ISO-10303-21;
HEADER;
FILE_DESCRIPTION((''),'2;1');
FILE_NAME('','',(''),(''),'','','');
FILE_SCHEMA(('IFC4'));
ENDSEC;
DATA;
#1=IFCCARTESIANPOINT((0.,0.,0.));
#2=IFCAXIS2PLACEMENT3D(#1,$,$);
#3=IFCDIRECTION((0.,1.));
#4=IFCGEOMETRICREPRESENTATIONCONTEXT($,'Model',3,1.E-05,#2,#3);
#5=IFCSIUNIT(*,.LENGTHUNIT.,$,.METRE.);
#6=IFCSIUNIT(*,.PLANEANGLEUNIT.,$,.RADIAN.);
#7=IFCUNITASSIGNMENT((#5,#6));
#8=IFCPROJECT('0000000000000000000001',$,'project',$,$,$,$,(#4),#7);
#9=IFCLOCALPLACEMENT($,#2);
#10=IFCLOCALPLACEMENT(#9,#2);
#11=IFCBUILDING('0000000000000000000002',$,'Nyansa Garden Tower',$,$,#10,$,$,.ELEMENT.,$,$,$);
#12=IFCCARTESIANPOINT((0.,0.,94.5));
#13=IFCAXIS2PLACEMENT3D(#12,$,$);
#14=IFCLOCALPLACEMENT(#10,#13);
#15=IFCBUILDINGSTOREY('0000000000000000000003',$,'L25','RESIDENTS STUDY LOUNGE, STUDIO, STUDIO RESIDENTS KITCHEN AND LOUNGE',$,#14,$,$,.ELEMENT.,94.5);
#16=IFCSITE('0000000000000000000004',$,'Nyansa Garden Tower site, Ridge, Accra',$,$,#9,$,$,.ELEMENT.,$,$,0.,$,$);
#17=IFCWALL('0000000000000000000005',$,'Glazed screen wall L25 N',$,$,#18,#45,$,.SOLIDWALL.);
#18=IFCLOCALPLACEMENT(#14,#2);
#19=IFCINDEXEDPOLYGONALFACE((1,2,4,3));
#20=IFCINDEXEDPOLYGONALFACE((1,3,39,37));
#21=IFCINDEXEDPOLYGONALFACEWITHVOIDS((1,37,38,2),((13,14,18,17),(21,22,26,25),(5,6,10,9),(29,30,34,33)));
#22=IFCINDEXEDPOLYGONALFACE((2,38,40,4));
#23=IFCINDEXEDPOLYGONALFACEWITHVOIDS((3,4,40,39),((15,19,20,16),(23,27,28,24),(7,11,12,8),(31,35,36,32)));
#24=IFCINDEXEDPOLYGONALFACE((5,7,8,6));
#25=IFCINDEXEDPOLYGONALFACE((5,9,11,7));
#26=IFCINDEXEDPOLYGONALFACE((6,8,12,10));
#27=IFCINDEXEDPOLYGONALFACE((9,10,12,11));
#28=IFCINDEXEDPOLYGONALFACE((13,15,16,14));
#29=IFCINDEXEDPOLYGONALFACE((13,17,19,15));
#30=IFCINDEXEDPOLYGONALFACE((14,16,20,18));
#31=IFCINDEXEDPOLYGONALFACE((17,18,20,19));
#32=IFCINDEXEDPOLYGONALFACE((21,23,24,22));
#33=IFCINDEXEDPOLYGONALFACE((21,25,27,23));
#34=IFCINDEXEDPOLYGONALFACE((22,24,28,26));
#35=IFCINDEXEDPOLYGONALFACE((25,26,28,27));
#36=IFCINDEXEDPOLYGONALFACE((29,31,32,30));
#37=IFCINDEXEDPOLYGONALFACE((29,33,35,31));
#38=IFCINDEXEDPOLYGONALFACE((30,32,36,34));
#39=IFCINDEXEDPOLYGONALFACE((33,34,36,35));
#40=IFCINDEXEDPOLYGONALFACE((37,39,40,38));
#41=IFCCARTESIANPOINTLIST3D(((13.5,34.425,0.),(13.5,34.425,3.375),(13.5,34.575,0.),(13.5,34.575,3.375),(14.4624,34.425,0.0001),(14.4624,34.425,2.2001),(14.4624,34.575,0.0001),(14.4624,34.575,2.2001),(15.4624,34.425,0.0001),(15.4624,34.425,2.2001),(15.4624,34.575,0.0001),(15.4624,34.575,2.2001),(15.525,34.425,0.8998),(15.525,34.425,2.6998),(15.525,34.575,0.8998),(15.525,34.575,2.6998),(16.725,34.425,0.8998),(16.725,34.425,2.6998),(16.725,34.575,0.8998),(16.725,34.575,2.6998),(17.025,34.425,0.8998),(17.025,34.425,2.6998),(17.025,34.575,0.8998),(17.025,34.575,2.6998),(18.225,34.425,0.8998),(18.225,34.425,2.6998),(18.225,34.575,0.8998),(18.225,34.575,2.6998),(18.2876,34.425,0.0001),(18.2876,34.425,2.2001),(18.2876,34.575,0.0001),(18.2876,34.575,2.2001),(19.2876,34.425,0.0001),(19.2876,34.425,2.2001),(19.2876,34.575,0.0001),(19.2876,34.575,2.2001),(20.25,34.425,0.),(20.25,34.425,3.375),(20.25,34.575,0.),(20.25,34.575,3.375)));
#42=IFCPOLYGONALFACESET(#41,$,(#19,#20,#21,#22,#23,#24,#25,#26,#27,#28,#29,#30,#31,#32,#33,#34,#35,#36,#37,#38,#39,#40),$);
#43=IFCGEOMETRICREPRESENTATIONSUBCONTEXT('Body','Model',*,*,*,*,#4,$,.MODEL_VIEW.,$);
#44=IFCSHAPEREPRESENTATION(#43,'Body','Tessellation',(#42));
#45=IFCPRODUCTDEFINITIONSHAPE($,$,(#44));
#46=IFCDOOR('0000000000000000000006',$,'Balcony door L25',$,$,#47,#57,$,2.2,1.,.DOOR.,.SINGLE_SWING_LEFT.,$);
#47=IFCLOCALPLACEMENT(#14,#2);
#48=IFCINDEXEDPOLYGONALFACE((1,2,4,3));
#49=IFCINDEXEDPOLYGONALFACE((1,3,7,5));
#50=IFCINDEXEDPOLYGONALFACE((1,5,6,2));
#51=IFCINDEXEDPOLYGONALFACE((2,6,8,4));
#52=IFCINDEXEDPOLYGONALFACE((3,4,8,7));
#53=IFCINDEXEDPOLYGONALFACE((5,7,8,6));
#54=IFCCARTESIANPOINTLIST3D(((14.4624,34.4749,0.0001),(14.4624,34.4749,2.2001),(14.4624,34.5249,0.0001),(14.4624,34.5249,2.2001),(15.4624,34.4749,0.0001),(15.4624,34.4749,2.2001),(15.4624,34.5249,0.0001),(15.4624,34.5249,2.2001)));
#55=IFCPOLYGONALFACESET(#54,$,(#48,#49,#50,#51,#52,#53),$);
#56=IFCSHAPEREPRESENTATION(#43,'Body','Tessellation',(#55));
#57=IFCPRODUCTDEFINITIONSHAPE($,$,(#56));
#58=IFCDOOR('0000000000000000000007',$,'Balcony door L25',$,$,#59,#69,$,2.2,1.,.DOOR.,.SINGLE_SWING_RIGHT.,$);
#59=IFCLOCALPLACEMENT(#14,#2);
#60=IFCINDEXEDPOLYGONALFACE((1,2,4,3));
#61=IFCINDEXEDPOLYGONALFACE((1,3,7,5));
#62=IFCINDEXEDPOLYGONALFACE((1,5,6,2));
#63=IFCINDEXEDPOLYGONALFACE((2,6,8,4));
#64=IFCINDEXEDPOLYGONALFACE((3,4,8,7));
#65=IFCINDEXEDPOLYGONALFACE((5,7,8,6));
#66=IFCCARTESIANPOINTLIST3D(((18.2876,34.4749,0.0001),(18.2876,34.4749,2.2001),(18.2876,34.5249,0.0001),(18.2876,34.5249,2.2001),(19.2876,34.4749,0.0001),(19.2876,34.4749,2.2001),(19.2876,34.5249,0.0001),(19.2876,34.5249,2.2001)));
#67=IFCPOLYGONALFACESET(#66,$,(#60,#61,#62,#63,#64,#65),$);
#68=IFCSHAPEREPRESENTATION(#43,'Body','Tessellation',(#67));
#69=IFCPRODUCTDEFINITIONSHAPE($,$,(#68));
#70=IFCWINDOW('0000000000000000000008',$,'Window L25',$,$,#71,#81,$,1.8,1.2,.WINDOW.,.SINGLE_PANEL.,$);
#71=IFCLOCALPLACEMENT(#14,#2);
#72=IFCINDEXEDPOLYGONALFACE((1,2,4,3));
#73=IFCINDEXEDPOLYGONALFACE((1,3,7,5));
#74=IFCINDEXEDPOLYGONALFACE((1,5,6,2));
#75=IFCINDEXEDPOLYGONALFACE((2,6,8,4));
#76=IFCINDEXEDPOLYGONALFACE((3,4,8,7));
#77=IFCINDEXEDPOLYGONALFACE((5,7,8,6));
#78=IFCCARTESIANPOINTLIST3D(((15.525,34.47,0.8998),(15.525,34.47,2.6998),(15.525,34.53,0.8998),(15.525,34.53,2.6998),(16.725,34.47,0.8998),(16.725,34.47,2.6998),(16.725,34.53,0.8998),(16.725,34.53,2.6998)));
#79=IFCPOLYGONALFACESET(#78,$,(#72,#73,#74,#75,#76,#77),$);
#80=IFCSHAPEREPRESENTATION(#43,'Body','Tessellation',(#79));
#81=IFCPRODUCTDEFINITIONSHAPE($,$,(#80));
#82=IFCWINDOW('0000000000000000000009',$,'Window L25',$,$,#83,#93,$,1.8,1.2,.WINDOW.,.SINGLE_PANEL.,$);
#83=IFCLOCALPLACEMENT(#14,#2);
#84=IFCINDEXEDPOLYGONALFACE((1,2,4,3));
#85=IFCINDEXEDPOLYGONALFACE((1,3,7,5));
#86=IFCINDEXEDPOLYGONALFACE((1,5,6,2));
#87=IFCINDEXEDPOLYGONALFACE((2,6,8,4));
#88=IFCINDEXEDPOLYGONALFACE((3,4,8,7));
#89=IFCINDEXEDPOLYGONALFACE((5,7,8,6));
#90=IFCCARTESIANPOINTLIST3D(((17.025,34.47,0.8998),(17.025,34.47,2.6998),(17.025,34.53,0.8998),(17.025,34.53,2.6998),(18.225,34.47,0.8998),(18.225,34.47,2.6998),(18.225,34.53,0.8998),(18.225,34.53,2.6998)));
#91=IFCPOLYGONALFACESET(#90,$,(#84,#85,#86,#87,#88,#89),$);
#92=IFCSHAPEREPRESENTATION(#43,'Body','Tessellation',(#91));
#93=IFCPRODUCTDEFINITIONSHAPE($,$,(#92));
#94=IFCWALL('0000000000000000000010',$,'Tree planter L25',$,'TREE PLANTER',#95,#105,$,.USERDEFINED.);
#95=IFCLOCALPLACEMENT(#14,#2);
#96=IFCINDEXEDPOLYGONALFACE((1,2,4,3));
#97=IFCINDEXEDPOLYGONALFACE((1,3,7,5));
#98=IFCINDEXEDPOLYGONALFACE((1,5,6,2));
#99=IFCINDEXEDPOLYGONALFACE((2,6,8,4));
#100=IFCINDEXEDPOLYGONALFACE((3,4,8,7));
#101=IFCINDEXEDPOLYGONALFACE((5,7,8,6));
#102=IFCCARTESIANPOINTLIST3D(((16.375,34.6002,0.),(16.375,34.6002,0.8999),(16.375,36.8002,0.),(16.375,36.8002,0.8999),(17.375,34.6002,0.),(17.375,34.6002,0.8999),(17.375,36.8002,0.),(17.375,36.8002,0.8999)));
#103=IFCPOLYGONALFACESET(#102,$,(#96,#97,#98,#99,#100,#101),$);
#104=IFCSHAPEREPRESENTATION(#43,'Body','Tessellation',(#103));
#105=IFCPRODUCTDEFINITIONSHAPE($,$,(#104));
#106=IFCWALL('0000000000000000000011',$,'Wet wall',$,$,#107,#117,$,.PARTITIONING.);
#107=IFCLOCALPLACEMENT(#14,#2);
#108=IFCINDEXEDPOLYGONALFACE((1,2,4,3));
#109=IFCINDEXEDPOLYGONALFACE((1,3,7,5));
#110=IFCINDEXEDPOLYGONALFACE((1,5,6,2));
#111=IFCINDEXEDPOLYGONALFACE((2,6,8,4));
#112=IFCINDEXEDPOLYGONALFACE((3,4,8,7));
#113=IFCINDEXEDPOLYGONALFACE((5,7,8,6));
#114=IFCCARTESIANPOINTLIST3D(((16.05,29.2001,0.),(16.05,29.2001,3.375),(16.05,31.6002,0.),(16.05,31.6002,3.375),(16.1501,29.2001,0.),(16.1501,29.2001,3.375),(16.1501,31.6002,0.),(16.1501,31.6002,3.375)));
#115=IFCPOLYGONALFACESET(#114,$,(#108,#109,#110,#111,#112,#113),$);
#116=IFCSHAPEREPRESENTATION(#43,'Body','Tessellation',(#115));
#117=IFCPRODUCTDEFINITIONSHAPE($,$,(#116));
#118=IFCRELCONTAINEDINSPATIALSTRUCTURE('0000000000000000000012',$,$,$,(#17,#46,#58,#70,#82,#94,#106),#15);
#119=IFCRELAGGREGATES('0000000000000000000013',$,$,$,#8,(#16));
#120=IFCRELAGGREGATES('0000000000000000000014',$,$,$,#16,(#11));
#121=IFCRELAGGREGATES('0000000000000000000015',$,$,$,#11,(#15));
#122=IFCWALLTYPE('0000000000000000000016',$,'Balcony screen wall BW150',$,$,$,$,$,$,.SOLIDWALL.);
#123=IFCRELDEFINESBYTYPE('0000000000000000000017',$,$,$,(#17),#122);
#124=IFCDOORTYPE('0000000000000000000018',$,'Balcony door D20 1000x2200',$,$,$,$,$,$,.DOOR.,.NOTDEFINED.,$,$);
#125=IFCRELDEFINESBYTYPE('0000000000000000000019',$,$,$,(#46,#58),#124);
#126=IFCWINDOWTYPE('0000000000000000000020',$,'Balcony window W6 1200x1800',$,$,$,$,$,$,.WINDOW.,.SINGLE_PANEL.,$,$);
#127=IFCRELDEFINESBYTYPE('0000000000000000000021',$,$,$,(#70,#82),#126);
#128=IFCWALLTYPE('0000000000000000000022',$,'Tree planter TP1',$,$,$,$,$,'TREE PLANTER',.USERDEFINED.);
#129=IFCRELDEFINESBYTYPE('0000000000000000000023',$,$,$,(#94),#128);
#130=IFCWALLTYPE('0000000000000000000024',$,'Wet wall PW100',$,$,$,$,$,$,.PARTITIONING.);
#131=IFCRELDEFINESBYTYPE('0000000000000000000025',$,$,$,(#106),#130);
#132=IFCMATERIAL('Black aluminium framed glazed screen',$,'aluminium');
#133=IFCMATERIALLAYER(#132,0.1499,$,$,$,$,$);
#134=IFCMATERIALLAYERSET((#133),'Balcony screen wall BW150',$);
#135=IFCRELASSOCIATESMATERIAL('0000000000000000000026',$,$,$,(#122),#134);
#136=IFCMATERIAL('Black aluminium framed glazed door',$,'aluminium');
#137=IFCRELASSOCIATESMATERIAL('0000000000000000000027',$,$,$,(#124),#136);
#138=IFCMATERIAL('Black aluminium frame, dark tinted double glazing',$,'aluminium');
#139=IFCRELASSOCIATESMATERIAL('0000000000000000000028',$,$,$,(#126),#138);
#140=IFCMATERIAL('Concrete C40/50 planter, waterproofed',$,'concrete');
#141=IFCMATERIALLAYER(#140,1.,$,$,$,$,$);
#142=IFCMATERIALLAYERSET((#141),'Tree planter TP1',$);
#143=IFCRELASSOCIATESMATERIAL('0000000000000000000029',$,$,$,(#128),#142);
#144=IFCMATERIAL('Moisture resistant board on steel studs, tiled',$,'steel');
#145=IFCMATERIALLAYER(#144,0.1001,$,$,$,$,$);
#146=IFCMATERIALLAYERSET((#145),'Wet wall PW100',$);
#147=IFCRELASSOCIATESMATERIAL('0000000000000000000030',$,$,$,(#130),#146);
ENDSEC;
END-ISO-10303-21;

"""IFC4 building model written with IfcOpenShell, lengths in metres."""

from ifc_helpers import new_model, si_unit, direction, frame, frame_2d, origin, place, context, subcontext, project, spatial, rectangle, extrude, material, layer, layer_set, type_object, element, fill, save


model = new_model("IFC4")

# Units and contexts
model_context = context("Model", 3, precision=1e-05, world=origin(), true_north=direction((0.0, 1.0)))
body_context = subcontext(model_context, "Body", "Model", "MODEL_VIEW")
ifc_project = project(units=[si_unit("LENGTHUNIT", "METRE"), si_unit("PLANEANGLEUNIT", "RADIAN")], contexts=[model_context])

# Site, building, storey
site_placement = place(None, origin())
site = spatial("IfcSite", under=ifc_project, at=site_placement, Name="Nyansa Garden Tower site, Ridge, Accra", CompositionType="ELEMENT", RefElevation=0.0)
building_placement = place(site_placement, origin())
building = spatial("IfcBuilding", under=site, at=building_placement, Name="Nyansa Garden Tower", CompositionType="ELEMENT")
storey_placement = place(building_placement, frame((0.0, 0.0, 94.5)))
storey = spatial("IfcBuildingStorey", under=building, at=storey_placement, Name="L25", Description="RESIDENTS STUDY LOUNGE, STUDIO, STUDIO RESIDENTS KITCHEN AND LOUNGE", CompositionType="ELEMENT", Elevation=94.5)

# Wall, openings, doors, windows
ifc_material_1 = material(Name="Black aluminium framed glazed screen", Category="aluminium")
ifc_layer_1 = layer(ifc_material_1, 0.1499)
ifc_layer_set_1 = layer_set([ifc_layer_1], Name="Balcony screen wall BW150")
wall_type_1 = type_object("IfcWallType", Name="Balcony screen wall BW150", PredefinedType="SOLIDWALL", material=ifc_layer_set_1)
wall_1_placement = place(storey_placement, frame((13.5, 34.5, 0.0), z_axis=(0.0, 0.0, 1.0), x_axis=(1.0, 0.0, 0.0)))
wall_1 = element("IfcWall", 1, at=wall_1_placement, inside=storey, type_object=wall_type_1, Name="Glazed screen wall L25 N", PredefinedType="SOLIDWALL", context=body_context, shape_type="SweptSolid", body=[
    extrude(rectangle(XDim=6.75, YDim=0.1499, at=frame_2d((3.375, 0.0))), origin(), (0.0, 0.0, 1.0), 3.375),
])
opening_1_placement = place(wall_1_placement, frame((0.9624, 0.0, 0.0)))
opening_1 = element("IfcOpeningElement", 2, at=opening_1_placement, cuts=wall_1, PredefinedType="OPENING", context=body_context, shape_type="SweptSolid", body=[
    extrude(rectangle(XDim=1.0, YDim=2.2, at=frame_2d((0.5, 1.1001))), frame((0.0, 0.085, 0.0), z_axis=(0.0, -1.0, 0.0), x_axis=(1.0, 0.0, 0.0)), (0.0, 0.0, 1.0), 0.1699),
])
opening_2_placement = place(wall_1_placement, frame((2.0249, 0.0, 0.8999)))
opening_2 = element("IfcOpeningElement", 3, at=opening_2_placement, cuts=wall_1, PredefinedType="OPENING", context=body_context, shape_type="SweptSolid", body=[
    extrude(rectangle(XDim=1.2, YDim=1.8, at=frame_2d((0.6001, 0.8999))), frame((0.0, 0.085, 0.0), z_axis=(0.0, -1.0, 0.0), x_axis=(1.0, 0.0, 0.0)), (0.0, 0.0, 1.0), 0.1699),
])
opening_3_placement = place(wall_1_placement, frame((4.7876, 0.0, 0.0)))
opening_3 = element("IfcOpeningElement", 4, at=opening_3_placement, cuts=wall_1, PredefinedType="OPENING", context=body_context, shape_type="SweptSolid", body=[
    extrude(rectangle(XDim=1.0, YDim=2.2, at=frame_2d((0.5, 1.1001))), frame((0.0, 0.085, 0.0), z_axis=(0.0, -1.0, 0.0), x_axis=(1.0, 0.0, 0.0)), (0.0, 0.0, 1.0), 0.1699),
])
opening_4_placement = place(wall_1_placement, frame((3.5249, 0.0, 0.8999)))
opening_4 = element("IfcOpeningElement", 5, at=opening_4_placement, cuts=wall_1, PredefinedType="OPENING", context=body_context, shape_type="SweptSolid", body=[
    extrude(rectangle(XDim=1.2, YDim=1.8, at=frame_2d((0.6001, 0.8999))), frame((0.0, 0.085, 0.0), z_axis=(0.0, -1.0, 0.0), x_axis=(1.0, 0.0, 0.0)), (0.0, 0.0, 1.0), 0.1699),
])
ifc_material_2 = material(Name="Black aluminium framed glazed door", Category="aluminium")
door_type = type_object("IfcDoorType", Name="Balcony door D20 1000x2200", OperationType="NOTDEFINED", PredefinedType="DOOR", material=ifc_material_2)
door_1_placement = place(opening_1_placement, origin())
door_1 = element("IfcDoor", 6, at=door_1_placement, inside=storey, type_object=door_type, Name="Balcony door L25", OperationType="SINGLE_SWING_LEFT", OverallHeight=2.2, OverallWidth=1.0, PredefinedType="DOOR", context=body_context, shape_type="SweptSolid", body=[
    extrude(rectangle(XDim=1.0, YDim=2.2, at=frame_2d((0.5, 1.1001))), frame((0.0, 0.0249, 0.0), z_axis=(0.0, -1.0, 0.0), x_axis=(1.0, 0.0, 0.0)), (0.0, 0.0, 1.0), 0.05),
])
fill(opening_1, door_1)
door_2_placement = place(opening_3_placement, origin())
door_2 = element("IfcDoor", 7, at=door_2_placement, inside=storey, type_object=door_type, Name="Balcony door L25", OperationType="SINGLE_SWING_RIGHT", OverallHeight=2.2, OverallWidth=1.0, PredefinedType="DOOR", context=body_context, shape_type="SweptSolid", body=[
    extrude(rectangle(XDim=1.0, YDim=2.2, at=frame_2d((0.5, 1.1001))), frame((0.0, 0.0249, 0.0), z_axis=(0.0, -1.0, 0.0), x_axis=(1.0, 0.0, 0.0)), (0.0, 0.0, 1.0), 0.05),
])
fill(opening_3, door_2)
ifc_material_3 = material(Name="Black aluminium frame, dark tinted double glazing", Category="aluminium")
window_type = type_object("IfcWindowType", Name="Balcony window W6 1200x1800", PartitioningType="SINGLE_PANEL", PredefinedType="WINDOW", material=ifc_material_3)
window_1_placement = place(opening_2_placement, origin())
window_1 = element("IfcWindow", 8, at=window_1_placement, inside=storey, type_object=window_type, Name="Window L25", OverallHeight=1.8, OverallWidth=1.2, PartitioningType="SINGLE_PANEL", PredefinedType="WINDOW", context=body_context, shape_type="SweptSolid", body=[
    extrude(rectangle(XDim=1.2, YDim=1.8, at=frame_2d((0.6001, 0.8999))), frame((0.0, 0.03, 0.0), z_axis=(0.0, -1.0, 0.0), x_axis=(1.0, 0.0, 0.0)), (0.0, 0.0, 1.0), 0.0601),
])
fill(opening_2, window_1)
window_2_placement = place(opening_4_placement, origin())
window_2 = element("IfcWindow", 9, at=window_2_placement, inside=storey, type_object=window_type, Name="Window L25", OverallHeight=1.8, OverallWidth=1.2, PartitioningType="SINGLE_PANEL", PredefinedType="WINDOW", context=body_context, shape_type="SweptSolid", body=[
    extrude(rectangle(XDim=1.2, YDim=1.8, at=frame_2d((0.6001, 0.8999))), frame((0.0, 0.03, 0.0), z_axis=(0.0, -1.0, 0.0), x_axis=(1.0, 0.0, 0.0)), (0.0, 0.0, 1.0), 0.0601),
])
fill(opening_4, window_2)

# Walls
ifc_material_4 = material(Name="Concrete C40/50 planter, waterproofed", Category="concrete")
ifc_layer_2 = layer(ifc_material_4, 1.0)
ifc_layer_set_2 = layer_set([ifc_layer_2], Name="Tree planter TP1")
wall_type_2 = type_object("IfcWallType", Name="Tree planter TP1", ElementType="TREE PLANTER", PredefinedType="USERDEFINED", material=ifc_layer_set_2)
wall_2_placement = place(storey_placement, frame((16.875, 34.6001, 0.0), z_axis=(0.0, 0.0, 1.0), x_axis=(0.0, 1.0, 0.0)))
element("IfcWall", 10, at=wall_2_placement, inside=storey, type_object=wall_type_2, Name="Tree planter L25", ObjectType="TREE PLANTER", PredefinedType="USERDEFINED", context=body_context, shape_type="SweptSolid", body=[
    extrude(rectangle(XDim=2.2, YDim=1.0, at=frame_2d((1.1001, 0.0))), origin(), (0.0, 0.0, 1.0), 0.8999),
])
ifc_material_5 = material(Name="Moisture resistant board on steel studs, tiled", Category="steel")
ifc_layer_3 = layer(ifc_material_5, 0.1001)
ifc_layer_set_3 = layer_set([ifc_layer_3], Name="Wet wall PW100")
wall_type_3 = type_object("IfcWallType", Name="Wet wall PW100", PredefinedType="PARTITIONING", material=ifc_layer_set_3)
wall_3_placement = place(storey_placement, frame((16.1001, 29.2, 0.0), z_axis=(0.0, 0.0, 1.0), x_axis=(0.0, 1.0, 0.0)))
element("IfcWall", 11, at=wall_3_placement, inside=storey, type_object=wall_type_3, Name="Wet wall", PredefinedType="PARTITIONING", context=body_context, shape_type="SweptSolid", body=[
    extrude(rectangle(XDim=2.4001, YDim=0.1001, at=frame_2d((1.2002, 0.0))), origin(), (0.0, 0.0, 1.0), 3.375),
])

save(model, "model.ifc")
